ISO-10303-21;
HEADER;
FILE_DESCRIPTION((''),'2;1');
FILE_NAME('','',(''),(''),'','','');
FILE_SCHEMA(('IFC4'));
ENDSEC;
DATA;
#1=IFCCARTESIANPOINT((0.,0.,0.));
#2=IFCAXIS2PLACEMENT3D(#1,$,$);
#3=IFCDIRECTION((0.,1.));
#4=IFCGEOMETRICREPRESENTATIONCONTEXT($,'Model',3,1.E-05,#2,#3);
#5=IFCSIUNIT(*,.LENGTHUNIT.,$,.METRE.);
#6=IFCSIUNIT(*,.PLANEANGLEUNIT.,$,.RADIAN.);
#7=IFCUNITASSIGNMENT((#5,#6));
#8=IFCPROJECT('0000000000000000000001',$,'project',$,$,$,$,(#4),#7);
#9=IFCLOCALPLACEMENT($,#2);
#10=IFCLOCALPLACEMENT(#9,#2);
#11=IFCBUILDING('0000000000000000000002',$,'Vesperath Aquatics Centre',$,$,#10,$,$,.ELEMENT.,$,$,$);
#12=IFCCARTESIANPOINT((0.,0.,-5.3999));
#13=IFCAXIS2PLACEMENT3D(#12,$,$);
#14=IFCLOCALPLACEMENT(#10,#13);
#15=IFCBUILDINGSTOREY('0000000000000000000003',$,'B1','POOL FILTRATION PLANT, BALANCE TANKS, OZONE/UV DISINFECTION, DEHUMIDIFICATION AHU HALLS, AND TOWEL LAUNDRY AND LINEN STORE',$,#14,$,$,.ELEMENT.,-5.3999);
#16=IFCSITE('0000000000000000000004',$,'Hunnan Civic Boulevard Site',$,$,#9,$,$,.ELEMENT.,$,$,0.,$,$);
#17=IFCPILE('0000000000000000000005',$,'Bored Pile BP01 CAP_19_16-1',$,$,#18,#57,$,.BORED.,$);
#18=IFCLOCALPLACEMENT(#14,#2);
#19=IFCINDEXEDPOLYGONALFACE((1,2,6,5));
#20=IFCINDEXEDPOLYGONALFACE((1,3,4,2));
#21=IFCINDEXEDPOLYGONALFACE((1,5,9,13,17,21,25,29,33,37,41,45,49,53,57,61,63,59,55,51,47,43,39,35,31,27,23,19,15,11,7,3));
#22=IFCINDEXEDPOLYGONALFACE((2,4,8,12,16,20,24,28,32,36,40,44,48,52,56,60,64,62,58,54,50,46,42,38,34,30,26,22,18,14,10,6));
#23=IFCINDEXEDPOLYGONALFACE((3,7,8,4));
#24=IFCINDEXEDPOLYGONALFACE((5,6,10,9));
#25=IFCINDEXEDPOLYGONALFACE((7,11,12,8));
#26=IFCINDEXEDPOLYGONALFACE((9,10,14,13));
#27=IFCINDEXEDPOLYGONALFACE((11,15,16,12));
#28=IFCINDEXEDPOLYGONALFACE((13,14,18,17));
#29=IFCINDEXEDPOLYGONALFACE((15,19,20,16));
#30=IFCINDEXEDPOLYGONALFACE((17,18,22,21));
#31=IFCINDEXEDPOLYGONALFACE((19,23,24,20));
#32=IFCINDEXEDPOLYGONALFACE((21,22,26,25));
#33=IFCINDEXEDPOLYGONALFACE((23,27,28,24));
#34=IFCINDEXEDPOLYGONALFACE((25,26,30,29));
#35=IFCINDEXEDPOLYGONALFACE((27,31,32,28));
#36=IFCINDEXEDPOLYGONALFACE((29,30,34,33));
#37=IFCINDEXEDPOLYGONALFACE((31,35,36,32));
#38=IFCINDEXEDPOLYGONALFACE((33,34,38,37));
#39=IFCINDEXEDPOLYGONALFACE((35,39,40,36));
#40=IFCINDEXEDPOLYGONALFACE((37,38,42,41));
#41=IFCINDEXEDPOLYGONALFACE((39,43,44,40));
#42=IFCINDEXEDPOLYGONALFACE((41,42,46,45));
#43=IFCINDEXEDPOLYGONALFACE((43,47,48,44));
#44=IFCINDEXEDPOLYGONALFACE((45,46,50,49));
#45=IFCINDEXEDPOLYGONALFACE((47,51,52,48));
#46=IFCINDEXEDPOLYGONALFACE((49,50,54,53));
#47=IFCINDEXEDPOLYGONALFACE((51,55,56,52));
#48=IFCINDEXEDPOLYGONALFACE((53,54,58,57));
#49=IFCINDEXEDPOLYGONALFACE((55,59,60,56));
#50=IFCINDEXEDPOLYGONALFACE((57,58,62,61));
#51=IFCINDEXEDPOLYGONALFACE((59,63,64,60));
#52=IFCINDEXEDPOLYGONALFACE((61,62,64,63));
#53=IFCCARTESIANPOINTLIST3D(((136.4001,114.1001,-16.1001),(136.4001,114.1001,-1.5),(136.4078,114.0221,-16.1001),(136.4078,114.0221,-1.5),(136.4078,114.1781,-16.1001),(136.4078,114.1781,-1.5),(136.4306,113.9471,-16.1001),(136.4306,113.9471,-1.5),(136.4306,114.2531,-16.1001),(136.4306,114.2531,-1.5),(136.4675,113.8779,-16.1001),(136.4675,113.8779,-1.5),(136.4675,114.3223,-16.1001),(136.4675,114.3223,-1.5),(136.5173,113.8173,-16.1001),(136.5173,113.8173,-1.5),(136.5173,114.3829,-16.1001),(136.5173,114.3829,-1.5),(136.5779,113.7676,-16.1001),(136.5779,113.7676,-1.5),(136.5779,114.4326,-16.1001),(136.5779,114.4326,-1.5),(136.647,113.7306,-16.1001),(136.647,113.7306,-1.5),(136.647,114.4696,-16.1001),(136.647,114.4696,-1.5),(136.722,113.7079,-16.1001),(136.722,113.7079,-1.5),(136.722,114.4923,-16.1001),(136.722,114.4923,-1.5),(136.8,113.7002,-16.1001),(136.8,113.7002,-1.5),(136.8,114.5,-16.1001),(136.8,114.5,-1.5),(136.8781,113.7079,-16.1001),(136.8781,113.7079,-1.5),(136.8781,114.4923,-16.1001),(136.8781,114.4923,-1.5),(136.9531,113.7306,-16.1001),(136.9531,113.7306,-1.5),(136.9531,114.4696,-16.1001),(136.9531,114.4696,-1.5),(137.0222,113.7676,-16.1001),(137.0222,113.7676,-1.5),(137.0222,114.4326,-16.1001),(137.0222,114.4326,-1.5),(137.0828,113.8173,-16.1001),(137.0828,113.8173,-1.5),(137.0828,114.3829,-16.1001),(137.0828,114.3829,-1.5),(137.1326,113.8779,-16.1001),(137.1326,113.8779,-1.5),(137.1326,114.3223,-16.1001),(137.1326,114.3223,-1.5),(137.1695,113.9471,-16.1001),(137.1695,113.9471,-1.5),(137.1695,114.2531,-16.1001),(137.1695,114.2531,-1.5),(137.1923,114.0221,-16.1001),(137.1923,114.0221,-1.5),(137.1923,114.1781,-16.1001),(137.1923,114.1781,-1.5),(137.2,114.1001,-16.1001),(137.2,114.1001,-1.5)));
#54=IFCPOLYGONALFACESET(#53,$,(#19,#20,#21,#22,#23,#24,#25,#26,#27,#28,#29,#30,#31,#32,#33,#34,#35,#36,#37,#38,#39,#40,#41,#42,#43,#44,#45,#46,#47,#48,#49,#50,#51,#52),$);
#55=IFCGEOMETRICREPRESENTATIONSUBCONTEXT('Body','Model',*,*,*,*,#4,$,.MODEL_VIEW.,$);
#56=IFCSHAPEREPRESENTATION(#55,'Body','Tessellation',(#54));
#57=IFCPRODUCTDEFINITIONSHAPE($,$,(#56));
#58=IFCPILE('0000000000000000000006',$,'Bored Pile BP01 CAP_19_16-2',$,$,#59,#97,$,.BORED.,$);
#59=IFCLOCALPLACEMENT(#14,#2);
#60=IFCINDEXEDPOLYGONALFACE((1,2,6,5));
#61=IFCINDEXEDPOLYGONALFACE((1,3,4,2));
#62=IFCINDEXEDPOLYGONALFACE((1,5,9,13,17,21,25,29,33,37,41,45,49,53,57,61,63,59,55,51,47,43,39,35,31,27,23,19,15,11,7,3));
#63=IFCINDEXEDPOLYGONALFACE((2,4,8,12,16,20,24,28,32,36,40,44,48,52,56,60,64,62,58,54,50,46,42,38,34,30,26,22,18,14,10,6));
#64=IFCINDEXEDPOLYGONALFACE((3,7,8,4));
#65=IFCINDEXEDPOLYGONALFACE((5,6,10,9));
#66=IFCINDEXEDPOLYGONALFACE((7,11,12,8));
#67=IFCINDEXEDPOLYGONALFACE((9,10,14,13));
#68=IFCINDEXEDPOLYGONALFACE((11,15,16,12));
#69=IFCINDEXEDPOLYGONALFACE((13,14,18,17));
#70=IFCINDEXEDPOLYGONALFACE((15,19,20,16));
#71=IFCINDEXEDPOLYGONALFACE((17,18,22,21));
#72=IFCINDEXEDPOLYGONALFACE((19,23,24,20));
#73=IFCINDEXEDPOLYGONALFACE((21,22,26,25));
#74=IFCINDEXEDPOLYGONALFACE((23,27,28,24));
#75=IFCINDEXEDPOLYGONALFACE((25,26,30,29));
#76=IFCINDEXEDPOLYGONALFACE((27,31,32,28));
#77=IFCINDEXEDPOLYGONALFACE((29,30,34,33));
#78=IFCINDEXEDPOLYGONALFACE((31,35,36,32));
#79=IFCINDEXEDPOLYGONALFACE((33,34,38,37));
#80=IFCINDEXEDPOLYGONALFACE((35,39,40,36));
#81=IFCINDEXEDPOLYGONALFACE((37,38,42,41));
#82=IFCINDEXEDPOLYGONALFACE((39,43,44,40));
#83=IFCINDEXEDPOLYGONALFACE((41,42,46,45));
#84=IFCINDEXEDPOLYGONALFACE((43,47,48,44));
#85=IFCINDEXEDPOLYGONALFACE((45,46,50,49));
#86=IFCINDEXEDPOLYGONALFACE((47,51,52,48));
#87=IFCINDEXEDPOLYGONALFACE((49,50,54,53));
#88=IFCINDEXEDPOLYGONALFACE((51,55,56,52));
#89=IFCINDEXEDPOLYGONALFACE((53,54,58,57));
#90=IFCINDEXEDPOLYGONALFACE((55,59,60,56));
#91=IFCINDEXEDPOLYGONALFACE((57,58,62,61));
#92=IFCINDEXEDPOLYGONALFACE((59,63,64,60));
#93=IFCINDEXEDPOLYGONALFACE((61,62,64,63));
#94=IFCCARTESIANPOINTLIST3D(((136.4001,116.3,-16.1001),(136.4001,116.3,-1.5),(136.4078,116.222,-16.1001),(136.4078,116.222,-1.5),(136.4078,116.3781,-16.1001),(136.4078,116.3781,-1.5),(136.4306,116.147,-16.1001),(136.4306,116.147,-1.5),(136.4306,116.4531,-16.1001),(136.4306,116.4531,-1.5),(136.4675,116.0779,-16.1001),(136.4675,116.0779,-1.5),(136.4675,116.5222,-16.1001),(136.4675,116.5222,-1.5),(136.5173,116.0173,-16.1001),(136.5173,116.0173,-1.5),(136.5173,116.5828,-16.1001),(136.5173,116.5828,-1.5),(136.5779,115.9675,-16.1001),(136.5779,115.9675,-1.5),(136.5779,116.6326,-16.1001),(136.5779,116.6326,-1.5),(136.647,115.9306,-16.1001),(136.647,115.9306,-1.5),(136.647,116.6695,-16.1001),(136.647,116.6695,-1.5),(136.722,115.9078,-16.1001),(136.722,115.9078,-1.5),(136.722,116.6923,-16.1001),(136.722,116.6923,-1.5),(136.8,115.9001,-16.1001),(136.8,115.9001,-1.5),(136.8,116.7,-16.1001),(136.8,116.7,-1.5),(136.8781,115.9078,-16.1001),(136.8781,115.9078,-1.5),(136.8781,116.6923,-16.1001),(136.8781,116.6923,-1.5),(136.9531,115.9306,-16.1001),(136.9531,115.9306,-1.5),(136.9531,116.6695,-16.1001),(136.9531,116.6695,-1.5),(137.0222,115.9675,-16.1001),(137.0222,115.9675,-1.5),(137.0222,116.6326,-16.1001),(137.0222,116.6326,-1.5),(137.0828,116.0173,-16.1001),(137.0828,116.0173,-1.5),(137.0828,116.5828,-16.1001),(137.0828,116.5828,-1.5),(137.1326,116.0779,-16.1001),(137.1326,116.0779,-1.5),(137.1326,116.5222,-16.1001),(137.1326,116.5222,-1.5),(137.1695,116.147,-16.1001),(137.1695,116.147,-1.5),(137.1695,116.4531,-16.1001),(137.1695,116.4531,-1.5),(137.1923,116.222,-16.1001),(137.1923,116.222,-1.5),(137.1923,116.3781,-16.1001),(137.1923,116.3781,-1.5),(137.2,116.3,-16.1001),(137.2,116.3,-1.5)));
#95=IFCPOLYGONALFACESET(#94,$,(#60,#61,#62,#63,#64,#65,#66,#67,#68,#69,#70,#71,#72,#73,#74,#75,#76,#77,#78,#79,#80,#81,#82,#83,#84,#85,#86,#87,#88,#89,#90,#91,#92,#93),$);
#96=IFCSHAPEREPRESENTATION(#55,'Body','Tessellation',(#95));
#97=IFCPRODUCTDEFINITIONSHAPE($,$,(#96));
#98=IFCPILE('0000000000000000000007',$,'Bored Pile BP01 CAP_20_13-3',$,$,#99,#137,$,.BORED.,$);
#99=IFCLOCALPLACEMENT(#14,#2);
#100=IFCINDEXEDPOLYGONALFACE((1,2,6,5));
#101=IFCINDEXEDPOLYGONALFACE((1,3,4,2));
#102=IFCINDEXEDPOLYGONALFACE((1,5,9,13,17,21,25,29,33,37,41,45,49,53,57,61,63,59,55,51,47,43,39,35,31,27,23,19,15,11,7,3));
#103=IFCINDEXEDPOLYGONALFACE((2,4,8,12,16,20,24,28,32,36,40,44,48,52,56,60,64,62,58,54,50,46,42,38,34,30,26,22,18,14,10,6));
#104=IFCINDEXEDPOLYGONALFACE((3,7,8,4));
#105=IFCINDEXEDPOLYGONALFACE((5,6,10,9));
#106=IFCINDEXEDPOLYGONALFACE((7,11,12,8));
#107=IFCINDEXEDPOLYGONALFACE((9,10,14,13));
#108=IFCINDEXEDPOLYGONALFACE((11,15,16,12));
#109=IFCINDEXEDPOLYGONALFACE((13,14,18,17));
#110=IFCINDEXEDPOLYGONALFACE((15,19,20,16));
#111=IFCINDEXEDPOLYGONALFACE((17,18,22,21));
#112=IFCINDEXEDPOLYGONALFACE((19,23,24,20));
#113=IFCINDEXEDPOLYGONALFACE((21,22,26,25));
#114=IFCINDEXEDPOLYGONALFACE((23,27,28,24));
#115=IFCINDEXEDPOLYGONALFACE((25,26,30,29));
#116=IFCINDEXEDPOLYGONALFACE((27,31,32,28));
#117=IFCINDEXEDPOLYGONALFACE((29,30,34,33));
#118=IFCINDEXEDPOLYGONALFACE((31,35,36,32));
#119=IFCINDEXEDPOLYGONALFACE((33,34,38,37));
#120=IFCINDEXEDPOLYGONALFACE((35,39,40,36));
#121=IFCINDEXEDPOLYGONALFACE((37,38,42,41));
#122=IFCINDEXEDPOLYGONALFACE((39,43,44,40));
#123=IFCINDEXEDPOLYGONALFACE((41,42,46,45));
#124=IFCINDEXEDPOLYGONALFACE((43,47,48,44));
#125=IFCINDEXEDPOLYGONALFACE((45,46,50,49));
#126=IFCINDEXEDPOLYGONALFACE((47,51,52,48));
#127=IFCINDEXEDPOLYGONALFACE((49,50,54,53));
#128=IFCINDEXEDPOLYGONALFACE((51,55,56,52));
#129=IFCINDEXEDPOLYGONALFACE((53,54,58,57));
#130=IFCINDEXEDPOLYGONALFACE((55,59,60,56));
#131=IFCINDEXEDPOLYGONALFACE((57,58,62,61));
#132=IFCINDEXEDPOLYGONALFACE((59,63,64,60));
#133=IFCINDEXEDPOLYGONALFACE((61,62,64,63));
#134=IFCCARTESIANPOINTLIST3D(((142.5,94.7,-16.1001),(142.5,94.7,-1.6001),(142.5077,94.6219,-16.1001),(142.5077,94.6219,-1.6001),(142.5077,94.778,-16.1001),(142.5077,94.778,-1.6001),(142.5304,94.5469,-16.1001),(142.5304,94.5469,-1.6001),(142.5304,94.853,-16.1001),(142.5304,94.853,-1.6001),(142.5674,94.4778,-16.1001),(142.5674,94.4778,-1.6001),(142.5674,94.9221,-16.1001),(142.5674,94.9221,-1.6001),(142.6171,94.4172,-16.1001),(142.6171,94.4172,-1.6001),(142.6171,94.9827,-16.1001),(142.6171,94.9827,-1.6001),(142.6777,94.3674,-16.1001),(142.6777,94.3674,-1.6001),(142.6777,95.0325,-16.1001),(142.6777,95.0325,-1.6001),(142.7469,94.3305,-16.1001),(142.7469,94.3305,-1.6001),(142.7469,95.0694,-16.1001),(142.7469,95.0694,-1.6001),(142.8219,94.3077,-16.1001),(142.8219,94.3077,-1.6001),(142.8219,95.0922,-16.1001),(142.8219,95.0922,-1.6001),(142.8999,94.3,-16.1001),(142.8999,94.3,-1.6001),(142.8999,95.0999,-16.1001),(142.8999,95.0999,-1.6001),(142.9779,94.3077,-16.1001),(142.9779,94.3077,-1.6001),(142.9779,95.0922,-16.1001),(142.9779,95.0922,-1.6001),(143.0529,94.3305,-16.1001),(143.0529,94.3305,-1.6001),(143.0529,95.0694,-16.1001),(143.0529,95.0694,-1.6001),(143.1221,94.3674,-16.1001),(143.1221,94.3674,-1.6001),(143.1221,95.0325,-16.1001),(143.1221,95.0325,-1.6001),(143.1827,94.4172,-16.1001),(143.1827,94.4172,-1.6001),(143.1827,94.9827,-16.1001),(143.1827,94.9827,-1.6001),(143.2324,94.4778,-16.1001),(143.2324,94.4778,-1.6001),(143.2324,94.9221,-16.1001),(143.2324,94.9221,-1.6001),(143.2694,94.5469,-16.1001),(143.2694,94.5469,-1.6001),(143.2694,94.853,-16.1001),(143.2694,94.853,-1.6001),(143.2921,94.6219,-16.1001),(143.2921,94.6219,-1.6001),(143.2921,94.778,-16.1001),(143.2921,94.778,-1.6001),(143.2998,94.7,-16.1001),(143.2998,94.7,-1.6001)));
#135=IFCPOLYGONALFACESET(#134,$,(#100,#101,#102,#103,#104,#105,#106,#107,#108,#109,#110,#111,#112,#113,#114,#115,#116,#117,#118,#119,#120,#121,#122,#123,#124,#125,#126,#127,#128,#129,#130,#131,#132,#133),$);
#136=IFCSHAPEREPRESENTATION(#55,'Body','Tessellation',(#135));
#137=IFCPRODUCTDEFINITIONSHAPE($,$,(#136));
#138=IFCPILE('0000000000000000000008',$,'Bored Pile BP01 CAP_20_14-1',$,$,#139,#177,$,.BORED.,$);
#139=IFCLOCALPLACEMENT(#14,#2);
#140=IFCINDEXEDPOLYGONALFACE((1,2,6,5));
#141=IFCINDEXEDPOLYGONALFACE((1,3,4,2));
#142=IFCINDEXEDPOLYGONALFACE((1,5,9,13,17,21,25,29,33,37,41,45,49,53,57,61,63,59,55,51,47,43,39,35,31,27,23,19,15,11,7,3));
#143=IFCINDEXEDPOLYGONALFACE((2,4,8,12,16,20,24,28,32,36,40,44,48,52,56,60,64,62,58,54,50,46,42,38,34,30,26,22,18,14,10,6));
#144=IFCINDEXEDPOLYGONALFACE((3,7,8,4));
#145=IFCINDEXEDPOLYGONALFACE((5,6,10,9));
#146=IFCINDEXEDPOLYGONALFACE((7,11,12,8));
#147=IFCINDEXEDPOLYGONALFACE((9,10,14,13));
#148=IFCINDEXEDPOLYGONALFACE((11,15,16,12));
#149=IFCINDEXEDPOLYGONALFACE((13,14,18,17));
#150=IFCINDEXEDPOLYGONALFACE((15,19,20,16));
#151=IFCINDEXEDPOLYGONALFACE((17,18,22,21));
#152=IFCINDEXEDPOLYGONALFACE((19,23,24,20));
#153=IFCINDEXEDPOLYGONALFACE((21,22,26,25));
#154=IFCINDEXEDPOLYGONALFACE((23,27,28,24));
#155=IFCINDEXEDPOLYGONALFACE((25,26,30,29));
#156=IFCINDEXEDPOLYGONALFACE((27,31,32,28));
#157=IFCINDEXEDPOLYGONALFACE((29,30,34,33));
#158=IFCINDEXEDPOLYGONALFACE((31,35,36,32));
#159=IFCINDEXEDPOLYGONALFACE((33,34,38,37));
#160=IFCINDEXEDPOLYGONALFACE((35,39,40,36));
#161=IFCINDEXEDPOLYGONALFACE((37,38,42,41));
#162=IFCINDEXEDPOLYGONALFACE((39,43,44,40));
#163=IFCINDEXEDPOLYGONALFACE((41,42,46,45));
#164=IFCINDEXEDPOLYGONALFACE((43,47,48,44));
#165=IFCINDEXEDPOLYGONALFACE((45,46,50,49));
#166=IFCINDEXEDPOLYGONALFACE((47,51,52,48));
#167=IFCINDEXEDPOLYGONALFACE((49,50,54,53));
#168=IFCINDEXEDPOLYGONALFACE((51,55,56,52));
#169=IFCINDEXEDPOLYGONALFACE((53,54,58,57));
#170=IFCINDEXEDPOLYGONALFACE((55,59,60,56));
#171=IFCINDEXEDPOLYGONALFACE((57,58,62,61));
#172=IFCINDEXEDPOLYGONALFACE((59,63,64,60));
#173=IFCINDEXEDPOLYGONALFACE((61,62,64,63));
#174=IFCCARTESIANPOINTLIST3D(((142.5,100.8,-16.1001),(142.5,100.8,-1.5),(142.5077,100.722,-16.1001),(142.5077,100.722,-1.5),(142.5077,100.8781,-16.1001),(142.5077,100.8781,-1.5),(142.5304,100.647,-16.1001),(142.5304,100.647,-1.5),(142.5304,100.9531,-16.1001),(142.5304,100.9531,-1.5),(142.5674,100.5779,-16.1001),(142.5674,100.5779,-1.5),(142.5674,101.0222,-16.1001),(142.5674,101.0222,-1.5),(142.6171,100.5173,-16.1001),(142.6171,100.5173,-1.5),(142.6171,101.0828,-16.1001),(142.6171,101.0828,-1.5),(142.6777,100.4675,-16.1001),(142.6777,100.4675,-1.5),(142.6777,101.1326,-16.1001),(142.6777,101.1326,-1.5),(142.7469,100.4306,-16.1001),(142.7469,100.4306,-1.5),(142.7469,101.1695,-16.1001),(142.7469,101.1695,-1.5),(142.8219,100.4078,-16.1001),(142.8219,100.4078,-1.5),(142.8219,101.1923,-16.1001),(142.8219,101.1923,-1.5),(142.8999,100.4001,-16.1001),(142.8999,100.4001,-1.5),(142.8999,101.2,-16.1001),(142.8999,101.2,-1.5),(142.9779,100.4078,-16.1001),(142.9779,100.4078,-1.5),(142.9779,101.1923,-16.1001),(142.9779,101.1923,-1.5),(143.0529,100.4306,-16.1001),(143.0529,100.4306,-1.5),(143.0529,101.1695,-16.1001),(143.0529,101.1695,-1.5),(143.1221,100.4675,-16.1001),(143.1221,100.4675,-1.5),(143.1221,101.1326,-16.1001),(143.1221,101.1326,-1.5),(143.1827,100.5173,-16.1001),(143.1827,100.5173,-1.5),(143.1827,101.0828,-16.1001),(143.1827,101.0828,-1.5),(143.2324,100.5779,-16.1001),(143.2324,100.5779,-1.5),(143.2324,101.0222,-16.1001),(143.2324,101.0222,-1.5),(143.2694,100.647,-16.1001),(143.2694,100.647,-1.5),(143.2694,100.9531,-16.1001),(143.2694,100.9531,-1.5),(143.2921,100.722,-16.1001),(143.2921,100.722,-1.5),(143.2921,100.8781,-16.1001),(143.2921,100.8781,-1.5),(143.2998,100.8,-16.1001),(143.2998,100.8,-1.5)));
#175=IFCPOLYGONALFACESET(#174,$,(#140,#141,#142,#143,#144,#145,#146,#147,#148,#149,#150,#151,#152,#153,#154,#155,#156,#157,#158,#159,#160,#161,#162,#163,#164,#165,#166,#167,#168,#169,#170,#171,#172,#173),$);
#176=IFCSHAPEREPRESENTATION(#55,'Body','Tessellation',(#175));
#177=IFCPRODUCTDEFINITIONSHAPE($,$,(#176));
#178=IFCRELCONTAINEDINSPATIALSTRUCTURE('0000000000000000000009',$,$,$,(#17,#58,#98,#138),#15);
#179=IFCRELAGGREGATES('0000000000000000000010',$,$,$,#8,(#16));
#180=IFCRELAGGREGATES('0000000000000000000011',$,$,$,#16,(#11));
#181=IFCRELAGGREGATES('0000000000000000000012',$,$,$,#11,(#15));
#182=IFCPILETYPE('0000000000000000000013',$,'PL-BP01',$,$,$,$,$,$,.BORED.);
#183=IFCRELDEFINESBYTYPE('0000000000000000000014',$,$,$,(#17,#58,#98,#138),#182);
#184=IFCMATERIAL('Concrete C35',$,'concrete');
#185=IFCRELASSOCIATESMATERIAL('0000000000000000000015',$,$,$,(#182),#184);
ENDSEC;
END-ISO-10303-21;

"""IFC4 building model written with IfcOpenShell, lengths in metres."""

from ifc_helpers import new_model, si_unit, direction, frame, origin, origin_2d, place, context, subcontext, project, spatial, circle, extrude, material, material_profile, profile_set, type_object, element, save


model = new_model("IFC4")

# Units and contexts
model_context = context("Model", 3, precision=1e-05, world=origin(), true_north=direction((0.0, 1.0)))
body_context = subcontext(model_context, "Body", "Model", "MODEL_VIEW")
ifc_project = project(units=[si_unit("LENGTHUNIT", "METRE"), si_unit("PLANEANGLEUNIT", "RADIAN")], contexts=[model_context])

# Site, building, storey
site_placement = place(None, origin())
site = spatial("IfcSite", under=ifc_project, at=site_placement, Name="Hunnan Civic Boulevard Site", CompositionType="ELEMENT", RefElevation=0.0)
building_placement = place(site_placement, origin())
building = spatial("IfcBuilding", under=site, at=building_placement, Name="Vesperath Aquatics Centre", CompositionType="ELEMENT")
storey_placement = place(building_placement, frame((0.0, 0.0, -5.3999)))
storey = spatial("IfcBuildingStorey", under=building, at=storey_placement, Name="B1", Description="POOL FILTRATION PLANT, BALANCE TANKS, OZONE/UV DISINFECTION, DEHUMIDIFICATION AHU HALLS, AND TOWEL LAUNDRY AND LINEN STORE", CompositionType="ELEMENT", Elevation=-5.3999)

# Piles
ifc_material_1 = material(Name="Concrete C35", Category="concrete")
ifc_material_profile_1 = material_profile(ifc_material_1, circle(Radius=0.3999, at=origin_2d()), Name="PILE D800")
ifc_profile_set_1 = profile_set([ifc_material_profile_1], Name="Concrete C35")
pile_type = type_object("IfcPileType", Name="PL-BP01", PredefinedType="BORED", material=ifc_profile_set_1)
for number, where, z_axis, x_axis, name in (
    (1, (136.8, 114.1001, -1.5), (0.0, 0.0, -1.0), (1.0, 0.0, 0.0), "Bored Pile BP01 CAP_19_16-1"),
    (2, (136.8, 116.3, -1.5), (0.0, 0.0, -1.0), (1.0, 0.0, 0.0), "Bored Pile BP01 CAP_19_16-2"),
):
    element("IfcPile", number, at=place(storey_placement, frame(where, z_axis=z_axis, x_axis=x_axis)), inside=storey, type_object=pile_type, Name=name, PredefinedType="BORED", context=body_context, shape_type="SweptSolid", body=[
        extrude(circle(Radius=0.3999, at=origin_2d()), origin(), (0.0, 0.0, 1.0), 14.6001),
    ])
pile_placement = place(storey_placement, frame((142.8999, 94.7, -1.6001), z_axis=(0.0, 0.0, -1.0), x_axis=(1.0, 0.0, 0.0)))
element("IfcPile", 3, at=pile_placement, inside=storey, type_object=pile_type, Name="Bored Pile BP01 CAP_20_13-3", PredefinedType="BORED", context=body_context, shape_type="SweptSolid", body=[
    extrude(circle(Radius=0.3999, at=origin_2d()), origin(), (0.0, 0.0, 1.0), 14.5),
])
for number, where, z_axis, x_axis, name in (
    (4, (142.8999, 100.8, -1.5), (0.0, 0.0, -1.0), (1.0, 0.0, 0.0), "Bored Pile BP01 CAP_20_14-1"),
):
    element("IfcPile", number, at=place(storey_placement, frame(where, z_axis=z_axis, x_axis=x_axis)), inside=storey, type_object=pile_type, Name=name, PredefinedType="BORED", context=body_context, shape_type="SweptSolid", body=[
        extrude(circle(Radius=0.3999, at=origin_2d()), origin(), (0.0, 0.0, 1.0), 14.6001),
    ])

save(model, "model.ifc")
